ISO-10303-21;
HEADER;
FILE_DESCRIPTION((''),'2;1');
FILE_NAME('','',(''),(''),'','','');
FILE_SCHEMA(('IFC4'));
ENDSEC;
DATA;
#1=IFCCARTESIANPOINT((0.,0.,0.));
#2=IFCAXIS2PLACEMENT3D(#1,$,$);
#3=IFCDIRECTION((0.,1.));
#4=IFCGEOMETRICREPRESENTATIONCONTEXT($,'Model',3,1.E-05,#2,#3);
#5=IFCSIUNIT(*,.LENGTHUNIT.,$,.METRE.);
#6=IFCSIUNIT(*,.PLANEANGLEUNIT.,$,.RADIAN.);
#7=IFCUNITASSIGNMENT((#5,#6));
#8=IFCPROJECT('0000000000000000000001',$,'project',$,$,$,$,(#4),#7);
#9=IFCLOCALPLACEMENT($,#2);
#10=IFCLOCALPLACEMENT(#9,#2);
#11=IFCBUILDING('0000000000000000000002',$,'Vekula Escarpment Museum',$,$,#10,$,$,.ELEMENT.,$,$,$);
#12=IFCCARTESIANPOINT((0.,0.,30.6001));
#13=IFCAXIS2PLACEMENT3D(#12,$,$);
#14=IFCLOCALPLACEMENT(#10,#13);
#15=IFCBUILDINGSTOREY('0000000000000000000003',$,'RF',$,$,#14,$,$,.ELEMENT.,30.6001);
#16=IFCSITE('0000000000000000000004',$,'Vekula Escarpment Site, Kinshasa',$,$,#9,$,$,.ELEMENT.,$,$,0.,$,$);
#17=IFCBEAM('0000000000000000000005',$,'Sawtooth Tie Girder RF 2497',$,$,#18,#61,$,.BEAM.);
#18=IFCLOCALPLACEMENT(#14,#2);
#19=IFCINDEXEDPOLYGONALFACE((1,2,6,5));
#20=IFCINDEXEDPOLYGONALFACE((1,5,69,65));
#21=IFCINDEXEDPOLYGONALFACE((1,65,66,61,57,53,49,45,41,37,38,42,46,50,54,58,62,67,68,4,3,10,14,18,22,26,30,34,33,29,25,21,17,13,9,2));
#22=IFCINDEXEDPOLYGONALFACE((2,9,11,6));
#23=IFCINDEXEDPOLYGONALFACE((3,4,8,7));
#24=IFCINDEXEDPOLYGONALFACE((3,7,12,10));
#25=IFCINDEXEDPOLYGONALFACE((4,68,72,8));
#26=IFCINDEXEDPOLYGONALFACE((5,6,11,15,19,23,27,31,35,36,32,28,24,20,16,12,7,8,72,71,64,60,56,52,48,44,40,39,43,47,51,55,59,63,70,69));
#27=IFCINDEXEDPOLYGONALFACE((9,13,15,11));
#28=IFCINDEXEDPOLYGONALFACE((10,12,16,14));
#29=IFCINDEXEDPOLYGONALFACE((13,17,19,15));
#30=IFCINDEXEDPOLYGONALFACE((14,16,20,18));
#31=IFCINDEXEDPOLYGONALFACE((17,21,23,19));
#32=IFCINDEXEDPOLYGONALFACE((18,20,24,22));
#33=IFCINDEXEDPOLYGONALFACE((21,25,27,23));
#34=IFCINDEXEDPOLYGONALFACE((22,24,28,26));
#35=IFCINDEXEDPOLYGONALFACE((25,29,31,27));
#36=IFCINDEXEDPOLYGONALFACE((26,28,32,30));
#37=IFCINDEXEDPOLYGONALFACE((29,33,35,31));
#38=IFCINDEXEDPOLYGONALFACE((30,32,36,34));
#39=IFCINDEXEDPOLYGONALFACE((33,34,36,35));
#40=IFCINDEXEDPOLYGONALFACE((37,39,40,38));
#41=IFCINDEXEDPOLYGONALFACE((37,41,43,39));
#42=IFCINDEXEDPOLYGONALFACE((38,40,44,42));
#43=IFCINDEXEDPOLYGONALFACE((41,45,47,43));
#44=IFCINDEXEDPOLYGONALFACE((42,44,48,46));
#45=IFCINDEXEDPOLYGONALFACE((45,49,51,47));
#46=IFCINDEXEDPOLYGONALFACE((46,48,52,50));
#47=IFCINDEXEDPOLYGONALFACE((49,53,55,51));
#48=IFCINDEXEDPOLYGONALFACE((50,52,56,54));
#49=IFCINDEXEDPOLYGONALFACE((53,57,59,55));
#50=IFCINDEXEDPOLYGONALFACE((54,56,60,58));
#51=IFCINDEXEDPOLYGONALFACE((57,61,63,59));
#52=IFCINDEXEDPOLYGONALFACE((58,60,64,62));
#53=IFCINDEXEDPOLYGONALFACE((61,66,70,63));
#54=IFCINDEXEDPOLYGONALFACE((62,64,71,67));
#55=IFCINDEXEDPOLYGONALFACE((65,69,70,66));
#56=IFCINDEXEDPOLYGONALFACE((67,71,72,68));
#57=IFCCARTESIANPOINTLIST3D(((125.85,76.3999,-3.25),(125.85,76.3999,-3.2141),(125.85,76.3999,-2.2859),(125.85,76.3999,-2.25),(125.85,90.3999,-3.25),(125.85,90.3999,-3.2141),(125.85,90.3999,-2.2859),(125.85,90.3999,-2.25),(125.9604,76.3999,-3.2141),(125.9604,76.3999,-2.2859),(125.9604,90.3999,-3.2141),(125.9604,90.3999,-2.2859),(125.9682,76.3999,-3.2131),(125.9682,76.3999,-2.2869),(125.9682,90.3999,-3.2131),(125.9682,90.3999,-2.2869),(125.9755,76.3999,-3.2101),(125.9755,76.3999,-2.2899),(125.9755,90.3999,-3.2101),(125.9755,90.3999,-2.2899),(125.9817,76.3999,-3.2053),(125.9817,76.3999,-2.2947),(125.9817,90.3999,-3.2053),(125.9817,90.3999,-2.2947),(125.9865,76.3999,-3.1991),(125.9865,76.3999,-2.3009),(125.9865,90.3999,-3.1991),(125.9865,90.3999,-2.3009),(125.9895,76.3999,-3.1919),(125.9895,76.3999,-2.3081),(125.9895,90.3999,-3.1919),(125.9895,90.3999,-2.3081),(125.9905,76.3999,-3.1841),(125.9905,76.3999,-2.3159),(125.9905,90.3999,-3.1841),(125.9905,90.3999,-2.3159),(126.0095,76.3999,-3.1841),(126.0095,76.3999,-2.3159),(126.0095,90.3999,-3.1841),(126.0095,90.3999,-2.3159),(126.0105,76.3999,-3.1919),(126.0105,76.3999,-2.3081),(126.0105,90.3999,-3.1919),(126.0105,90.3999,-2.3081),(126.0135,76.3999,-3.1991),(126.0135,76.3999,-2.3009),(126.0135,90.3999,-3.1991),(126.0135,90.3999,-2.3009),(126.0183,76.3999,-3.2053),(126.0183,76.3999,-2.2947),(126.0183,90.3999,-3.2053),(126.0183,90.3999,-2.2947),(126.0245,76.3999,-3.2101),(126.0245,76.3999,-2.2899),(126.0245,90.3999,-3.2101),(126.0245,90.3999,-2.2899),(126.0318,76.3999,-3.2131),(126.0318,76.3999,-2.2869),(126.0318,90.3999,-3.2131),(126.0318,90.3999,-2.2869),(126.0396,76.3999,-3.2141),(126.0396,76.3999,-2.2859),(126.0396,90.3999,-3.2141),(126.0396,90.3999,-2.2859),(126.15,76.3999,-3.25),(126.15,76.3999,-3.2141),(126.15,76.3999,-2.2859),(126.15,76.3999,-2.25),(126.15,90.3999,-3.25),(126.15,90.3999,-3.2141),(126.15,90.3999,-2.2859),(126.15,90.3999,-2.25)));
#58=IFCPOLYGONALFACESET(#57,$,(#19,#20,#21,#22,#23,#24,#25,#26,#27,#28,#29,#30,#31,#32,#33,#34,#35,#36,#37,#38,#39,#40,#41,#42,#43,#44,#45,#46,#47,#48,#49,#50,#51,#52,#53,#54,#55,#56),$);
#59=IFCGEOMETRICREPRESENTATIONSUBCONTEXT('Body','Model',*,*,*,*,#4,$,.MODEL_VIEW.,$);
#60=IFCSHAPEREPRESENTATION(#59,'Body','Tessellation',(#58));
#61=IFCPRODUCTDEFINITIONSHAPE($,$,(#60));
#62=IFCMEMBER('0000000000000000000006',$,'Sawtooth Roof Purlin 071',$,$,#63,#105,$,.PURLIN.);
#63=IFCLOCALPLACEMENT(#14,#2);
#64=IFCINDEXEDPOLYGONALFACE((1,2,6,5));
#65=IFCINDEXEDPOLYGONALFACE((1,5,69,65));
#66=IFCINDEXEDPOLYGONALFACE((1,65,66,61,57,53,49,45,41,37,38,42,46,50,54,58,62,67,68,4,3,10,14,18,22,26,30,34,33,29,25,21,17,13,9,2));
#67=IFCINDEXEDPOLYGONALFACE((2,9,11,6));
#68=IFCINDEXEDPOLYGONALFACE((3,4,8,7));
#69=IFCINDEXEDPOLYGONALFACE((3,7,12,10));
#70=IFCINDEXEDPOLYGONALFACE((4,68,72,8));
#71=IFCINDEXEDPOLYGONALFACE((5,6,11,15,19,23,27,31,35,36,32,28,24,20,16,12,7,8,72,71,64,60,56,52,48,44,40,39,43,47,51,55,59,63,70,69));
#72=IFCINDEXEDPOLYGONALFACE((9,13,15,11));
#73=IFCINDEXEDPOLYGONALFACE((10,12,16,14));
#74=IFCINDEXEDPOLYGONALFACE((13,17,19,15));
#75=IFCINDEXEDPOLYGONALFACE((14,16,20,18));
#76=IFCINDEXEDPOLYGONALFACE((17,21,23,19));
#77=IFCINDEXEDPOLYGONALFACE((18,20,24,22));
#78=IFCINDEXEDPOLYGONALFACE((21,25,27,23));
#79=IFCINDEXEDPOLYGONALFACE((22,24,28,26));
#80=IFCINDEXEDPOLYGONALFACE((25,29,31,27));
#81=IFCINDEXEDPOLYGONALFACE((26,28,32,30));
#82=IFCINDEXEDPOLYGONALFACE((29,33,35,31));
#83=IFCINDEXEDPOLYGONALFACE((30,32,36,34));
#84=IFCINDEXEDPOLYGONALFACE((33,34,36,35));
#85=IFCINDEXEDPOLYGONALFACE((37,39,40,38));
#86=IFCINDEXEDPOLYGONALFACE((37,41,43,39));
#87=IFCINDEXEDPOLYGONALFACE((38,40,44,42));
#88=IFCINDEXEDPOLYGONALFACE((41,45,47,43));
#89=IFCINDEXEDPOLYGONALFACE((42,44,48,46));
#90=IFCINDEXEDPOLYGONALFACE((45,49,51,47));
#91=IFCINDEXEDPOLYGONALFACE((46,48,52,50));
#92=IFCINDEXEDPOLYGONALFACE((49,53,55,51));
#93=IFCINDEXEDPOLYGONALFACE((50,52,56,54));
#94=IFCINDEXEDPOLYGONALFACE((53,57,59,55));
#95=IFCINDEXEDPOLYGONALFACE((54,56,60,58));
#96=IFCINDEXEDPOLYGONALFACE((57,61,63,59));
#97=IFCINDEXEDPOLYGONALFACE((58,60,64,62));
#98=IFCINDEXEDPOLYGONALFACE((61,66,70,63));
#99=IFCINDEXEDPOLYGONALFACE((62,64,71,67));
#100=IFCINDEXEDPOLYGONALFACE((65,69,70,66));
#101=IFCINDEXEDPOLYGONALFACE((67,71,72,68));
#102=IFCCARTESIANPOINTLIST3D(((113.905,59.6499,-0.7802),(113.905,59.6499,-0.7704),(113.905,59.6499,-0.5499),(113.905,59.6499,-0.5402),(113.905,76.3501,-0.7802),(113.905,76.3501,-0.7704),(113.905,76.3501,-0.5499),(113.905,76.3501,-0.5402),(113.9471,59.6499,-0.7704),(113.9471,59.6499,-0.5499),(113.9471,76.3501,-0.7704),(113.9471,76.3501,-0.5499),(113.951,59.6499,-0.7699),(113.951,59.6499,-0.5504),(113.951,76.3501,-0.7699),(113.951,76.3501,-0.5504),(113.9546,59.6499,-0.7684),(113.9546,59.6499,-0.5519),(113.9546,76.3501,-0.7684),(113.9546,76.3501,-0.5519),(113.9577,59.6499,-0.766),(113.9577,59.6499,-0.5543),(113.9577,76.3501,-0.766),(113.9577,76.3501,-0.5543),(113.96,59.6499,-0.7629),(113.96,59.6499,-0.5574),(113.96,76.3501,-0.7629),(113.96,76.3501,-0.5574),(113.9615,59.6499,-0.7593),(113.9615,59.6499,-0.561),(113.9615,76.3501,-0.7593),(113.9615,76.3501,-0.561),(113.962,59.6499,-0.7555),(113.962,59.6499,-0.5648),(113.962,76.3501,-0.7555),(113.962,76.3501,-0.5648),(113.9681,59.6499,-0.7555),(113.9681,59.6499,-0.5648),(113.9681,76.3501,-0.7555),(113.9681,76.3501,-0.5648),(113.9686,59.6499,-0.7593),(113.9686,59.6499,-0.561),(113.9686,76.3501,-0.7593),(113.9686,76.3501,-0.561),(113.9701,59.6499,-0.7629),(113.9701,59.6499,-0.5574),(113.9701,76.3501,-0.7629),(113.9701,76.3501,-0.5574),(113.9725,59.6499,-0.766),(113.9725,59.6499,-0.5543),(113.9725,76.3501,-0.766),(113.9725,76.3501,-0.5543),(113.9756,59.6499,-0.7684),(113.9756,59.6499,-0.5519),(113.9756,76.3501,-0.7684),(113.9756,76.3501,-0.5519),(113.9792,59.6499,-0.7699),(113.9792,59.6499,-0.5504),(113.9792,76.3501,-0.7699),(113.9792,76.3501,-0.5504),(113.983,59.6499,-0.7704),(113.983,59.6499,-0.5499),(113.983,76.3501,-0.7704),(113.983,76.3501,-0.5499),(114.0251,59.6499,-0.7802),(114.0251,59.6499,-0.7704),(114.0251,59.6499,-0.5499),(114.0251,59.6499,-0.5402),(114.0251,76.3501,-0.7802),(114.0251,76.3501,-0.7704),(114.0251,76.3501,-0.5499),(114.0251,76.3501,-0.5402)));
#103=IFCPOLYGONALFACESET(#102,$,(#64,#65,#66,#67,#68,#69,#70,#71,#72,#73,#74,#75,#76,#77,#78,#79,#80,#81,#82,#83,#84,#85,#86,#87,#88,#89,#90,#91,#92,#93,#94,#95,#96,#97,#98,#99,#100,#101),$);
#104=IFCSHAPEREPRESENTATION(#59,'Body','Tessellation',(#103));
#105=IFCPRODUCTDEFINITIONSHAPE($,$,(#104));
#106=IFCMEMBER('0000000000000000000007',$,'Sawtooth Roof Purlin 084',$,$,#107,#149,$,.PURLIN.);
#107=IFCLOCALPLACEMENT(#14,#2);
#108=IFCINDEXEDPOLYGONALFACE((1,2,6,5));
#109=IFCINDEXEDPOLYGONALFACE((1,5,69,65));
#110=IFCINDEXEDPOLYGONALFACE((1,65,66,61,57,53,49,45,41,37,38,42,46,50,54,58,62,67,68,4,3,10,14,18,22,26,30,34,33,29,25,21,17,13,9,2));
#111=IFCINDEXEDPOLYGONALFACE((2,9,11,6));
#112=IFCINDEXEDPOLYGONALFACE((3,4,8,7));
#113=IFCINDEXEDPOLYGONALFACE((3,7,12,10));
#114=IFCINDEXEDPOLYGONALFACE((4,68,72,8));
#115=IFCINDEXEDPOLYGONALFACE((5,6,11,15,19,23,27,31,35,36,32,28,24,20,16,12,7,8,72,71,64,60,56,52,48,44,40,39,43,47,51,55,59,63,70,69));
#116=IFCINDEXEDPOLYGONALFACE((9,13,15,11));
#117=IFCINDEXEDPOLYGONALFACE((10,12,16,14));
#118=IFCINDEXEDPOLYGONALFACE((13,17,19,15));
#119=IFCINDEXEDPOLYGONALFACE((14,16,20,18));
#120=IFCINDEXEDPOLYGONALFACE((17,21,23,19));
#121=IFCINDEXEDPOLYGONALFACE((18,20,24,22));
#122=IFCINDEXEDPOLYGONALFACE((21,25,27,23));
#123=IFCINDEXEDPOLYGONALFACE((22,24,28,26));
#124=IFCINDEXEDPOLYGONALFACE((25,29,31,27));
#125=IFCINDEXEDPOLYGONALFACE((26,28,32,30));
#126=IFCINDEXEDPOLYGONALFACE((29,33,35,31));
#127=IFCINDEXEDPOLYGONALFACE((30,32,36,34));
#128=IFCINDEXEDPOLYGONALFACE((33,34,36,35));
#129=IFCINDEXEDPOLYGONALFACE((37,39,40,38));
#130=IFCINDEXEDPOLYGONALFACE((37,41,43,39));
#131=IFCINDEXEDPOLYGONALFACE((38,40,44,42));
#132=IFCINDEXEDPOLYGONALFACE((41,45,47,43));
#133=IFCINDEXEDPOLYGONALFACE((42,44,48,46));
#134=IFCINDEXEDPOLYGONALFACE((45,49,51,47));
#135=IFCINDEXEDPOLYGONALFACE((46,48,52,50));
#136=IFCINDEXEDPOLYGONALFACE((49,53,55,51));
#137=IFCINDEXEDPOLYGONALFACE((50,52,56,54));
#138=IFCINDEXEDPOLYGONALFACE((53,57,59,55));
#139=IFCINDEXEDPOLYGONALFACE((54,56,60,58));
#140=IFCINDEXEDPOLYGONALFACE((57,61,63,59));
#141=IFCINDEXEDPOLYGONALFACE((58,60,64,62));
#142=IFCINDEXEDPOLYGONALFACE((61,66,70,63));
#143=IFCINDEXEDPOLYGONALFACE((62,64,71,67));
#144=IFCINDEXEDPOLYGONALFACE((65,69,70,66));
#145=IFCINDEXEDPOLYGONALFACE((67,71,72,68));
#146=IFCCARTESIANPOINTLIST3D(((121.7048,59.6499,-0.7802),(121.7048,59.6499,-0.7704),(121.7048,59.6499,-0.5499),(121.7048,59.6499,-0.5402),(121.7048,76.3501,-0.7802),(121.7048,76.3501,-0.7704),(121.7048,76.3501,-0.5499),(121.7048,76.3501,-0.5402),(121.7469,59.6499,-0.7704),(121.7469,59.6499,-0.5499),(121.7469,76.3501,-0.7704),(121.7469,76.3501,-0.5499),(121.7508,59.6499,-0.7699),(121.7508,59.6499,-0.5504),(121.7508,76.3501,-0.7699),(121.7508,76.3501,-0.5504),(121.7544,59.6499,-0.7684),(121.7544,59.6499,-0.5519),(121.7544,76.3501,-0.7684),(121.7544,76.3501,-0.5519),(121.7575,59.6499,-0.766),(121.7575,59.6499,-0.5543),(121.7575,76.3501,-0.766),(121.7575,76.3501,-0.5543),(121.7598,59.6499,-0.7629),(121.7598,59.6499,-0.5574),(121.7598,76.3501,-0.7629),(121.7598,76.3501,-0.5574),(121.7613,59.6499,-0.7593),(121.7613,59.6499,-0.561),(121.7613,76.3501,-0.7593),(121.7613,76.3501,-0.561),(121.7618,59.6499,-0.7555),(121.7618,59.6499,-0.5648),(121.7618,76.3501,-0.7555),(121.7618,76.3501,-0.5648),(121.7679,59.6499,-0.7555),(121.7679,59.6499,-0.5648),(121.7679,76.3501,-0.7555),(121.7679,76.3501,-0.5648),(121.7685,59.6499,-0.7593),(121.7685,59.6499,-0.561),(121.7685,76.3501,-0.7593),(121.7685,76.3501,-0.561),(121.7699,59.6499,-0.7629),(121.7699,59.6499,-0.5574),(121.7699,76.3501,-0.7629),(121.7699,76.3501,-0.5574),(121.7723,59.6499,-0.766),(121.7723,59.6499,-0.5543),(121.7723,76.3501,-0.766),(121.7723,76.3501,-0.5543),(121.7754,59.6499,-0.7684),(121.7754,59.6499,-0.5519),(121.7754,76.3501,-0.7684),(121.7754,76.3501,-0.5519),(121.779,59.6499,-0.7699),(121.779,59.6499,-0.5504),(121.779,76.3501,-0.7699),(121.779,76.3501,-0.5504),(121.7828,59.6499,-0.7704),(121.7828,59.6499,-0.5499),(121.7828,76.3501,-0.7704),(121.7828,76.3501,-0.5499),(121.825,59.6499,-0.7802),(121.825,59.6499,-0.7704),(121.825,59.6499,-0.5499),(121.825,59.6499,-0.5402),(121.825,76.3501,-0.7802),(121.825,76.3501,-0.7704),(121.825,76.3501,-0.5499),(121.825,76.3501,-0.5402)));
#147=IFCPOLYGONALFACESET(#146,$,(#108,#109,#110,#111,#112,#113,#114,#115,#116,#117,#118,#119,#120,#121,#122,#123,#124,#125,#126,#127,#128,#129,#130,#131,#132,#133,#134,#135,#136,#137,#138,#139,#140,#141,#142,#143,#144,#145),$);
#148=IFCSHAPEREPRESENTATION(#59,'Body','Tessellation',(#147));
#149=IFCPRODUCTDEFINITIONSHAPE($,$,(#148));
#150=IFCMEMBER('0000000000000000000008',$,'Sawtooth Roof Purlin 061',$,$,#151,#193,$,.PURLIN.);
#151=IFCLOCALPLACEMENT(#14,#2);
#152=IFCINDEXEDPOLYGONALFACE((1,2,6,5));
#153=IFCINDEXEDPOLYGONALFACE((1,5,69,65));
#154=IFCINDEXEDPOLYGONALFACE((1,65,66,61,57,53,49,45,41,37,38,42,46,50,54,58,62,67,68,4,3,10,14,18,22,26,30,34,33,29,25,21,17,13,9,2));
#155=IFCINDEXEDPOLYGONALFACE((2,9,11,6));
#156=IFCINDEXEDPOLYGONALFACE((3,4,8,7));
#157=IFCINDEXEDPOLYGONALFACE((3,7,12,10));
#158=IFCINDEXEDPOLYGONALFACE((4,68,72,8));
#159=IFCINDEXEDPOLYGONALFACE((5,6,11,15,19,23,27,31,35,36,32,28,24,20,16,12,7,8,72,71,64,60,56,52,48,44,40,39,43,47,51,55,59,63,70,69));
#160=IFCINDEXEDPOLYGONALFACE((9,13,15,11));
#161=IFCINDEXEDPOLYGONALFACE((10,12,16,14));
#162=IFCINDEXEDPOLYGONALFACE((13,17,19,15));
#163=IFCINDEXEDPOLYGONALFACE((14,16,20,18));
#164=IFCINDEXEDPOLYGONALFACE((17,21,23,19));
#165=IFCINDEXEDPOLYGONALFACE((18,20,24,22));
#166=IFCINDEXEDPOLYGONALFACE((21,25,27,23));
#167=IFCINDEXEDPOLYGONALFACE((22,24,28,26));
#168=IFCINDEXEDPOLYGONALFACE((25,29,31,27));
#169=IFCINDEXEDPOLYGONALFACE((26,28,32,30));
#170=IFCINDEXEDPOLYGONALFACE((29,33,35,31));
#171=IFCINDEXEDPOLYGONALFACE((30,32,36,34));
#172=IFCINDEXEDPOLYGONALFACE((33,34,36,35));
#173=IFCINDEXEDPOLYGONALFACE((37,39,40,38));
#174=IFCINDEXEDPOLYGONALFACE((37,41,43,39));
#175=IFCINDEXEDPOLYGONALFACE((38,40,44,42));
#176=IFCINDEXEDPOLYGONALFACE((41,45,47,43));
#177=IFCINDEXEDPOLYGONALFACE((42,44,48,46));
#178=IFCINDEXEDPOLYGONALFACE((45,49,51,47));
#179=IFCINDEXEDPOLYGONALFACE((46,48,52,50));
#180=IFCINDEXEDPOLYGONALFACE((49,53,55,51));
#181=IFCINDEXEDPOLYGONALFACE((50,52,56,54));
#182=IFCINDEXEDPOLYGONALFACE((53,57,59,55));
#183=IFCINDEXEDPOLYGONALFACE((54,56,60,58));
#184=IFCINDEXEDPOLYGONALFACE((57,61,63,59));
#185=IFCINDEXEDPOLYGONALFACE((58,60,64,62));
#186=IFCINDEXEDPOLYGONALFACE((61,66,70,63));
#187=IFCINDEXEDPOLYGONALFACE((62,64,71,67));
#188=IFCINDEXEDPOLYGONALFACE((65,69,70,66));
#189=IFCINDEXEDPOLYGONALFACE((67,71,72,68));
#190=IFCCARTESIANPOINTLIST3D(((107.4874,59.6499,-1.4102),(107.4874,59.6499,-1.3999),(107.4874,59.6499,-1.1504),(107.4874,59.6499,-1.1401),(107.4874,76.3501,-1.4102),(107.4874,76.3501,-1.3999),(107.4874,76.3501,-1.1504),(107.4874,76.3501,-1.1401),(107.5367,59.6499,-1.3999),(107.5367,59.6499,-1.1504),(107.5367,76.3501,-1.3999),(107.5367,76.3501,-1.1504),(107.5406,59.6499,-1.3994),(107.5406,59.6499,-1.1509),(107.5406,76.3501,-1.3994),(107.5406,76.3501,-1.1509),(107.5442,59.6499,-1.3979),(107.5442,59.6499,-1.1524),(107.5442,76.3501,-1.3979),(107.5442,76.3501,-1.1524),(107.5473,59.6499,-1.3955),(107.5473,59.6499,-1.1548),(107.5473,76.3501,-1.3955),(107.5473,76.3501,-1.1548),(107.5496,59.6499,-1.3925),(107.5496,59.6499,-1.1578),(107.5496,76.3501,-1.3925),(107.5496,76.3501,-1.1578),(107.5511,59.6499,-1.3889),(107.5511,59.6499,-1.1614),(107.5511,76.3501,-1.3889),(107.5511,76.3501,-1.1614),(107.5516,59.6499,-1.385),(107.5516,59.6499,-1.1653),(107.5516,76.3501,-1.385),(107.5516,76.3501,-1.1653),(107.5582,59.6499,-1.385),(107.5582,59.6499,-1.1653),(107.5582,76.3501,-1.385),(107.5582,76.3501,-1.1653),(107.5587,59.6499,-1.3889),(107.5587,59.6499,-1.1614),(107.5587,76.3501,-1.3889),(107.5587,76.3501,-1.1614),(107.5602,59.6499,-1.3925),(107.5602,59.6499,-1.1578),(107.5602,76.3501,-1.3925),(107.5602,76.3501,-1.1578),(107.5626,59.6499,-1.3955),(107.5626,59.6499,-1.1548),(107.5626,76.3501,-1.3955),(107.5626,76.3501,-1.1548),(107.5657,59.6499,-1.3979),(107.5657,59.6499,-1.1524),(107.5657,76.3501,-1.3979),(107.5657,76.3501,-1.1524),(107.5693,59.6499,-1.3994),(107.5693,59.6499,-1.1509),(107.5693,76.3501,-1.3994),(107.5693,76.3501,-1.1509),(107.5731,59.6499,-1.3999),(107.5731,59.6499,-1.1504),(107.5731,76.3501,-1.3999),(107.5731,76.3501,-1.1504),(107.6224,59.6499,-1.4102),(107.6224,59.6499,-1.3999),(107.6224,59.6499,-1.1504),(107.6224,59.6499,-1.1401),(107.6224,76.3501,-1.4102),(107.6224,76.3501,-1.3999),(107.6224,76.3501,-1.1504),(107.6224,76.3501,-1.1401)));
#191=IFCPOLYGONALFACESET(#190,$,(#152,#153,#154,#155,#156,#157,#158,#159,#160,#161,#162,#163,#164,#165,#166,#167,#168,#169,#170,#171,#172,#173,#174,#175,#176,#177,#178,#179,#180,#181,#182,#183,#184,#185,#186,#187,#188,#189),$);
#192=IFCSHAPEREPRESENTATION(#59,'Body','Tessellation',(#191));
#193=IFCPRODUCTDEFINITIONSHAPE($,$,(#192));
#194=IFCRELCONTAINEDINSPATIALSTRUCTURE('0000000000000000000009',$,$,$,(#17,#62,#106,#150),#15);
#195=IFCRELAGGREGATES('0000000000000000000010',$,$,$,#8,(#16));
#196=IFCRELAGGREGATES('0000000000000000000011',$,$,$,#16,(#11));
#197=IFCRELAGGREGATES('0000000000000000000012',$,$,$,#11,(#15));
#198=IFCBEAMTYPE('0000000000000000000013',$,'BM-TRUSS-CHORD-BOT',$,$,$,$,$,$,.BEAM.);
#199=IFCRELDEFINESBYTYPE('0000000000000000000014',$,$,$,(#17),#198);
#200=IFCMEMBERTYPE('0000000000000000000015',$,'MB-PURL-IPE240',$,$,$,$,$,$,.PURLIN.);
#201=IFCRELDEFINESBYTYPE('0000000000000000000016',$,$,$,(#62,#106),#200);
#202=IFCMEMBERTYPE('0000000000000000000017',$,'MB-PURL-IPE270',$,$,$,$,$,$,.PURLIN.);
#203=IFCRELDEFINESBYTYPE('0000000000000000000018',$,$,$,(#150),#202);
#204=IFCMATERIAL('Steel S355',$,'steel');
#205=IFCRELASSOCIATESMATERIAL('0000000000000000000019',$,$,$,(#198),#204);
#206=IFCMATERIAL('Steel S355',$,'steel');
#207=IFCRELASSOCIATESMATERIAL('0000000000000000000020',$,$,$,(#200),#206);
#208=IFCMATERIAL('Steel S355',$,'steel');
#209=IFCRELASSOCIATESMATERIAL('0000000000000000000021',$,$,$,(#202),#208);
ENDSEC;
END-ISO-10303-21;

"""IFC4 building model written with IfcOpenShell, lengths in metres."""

from ifc_helpers import new_model, si_unit, direction, frame, origin, origin_2d, place, context, subcontext, project, spatial, i_section, extrude, material, material_profile, profile_set, type_object, element, save


model = new_model("IFC4")

# Units and contexts
model_context = context("Model", 3, precision=1e-05, world=origin(), true_north=direction((0.0, 1.0)))
body_context = subcontext(model_context, "Body", "Model", "MODEL_VIEW")
ifc_project = project(units=[si_unit("LENGTHUNIT", "METRE"), si_unit("PLANEANGLEUNIT", "RADIAN")], contexts=[model_context])

# Site, building, storey
site_placement = place(None, origin())
site = spatial("IfcSite", under=ifc_project, at=site_placement, Name="Vekula Escarpment Site, Kinshasa", CompositionType="ELEMENT", RefElevation=0.0)
building_placement = place(site_placement, origin())
building = spatial("IfcBuilding", under=site, at=building_placement, Name="Vekula Escarpment Museum", CompositionType="ELEMENT")
storey_placement = place(building_placement, frame((0.0, 0.0, 30.6001)))
storey = spatial("IfcBuildingStorey", under=building, at=storey_placement, Name="RF", CompositionType="ELEMENT", Elevation=30.6001)

# Beam
ifc_material_1 = material(Name="Steel S355", Category="steel")
ifc_material_profile_1 = material_profile(ifc_material_1, i_section(OverallWidth=0.3, OverallDepth=1.0, WebThickness=0.019, FlangeThickness=0.0359, FilletRadius=0.03, at=origin_2d()), Name="HEB 1000")
ifc_profile_set_1 = profile_set([ifc_material_profile_1], Name="Steel S355")
beam_type = type_object("IfcBeamType", Name="BM-TRUSS-CHORD-BOT", PredefinedType="BEAM", material=ifc_profile_set_1)
for number, where, z_axis, x_axis, name in (
    (1, (126.0, 76.3999, -2.75), (0.0, 1.0, 0.0), (-1.0, 0.0, 0.0), "Sawtooth Tie Girder RF 2497"),
):
    element("IfcBeam", number, at=place(storey_placement, frame(where, z_axis=z_axis, x_axis=x_axis)), inside=storey, type_object=beam_type, Name=name, PredefinedType="BEAM", context=body_context, shape_type="SweptSolid", body=[
        extrude(i_section(OverallWidth=0.3, OverallDepth=1.0, WebThickness=0.019, FlangeThickness=0.0359, FilletRadius=0.03, at=origin_2d()), origin(), (0.0, 0.0, 1.0), 14.0),
    ])

# Members
ifc_material_2 = material(Name="Steel S355", Category="steel")
ifc_material_profile_2 = material_profile(ifc_material_2, i_section(OverallWidth=0.1201, OverallDepth=0.24, WebThickness=0.0061, FlangeThickness=0.0098, FilletRadius=0.0149, at=origin_2d()), Name="IPE 240")
ifc_profile_set_2 = profile_set([ifc_material_profile_2], Name="Steel S355")
member_type_1 = type_object("IfcMemberType", Name="MB-PURL-IPE240", PredefinedType="PURLIN", material=ifc_profile_set_2)
for number, where, z_axis, x_axis, name in (
    (2, (113.9651, 59.6499, -0.6602), (0.0, 1.0, 0.0), (-1.0, 0.0, 0.0), "Sawtooth Roof Purlin 071"),
    (3, (121.7649, 59.6499, -0.6602), (0.0, 1.0, 0.0), (-1.0, 0.0, 0.0), "Sawtooth Roof Purlin 084"),
):
    element("IfcMember", number, at=place(storey_placement, frame(where, z_axis=z_axis, x_axis=x_axis)), inside=storey, type_object=member_type_1, Name=name, PredefinedType="PURLIN", context=body_context, shape_type="SweptSolid", body=[
        extrude(i_section(OverallWidth=0.1201, OverallDepth=0.24, WebThickness=0.0061, FlangeThickness=0.0098, FilletRadius=0.0149, at=origin_2d()), origin(), (0.0, 0.0, 1.0), 16.7002),
    ])
ifc_material_3 = material(Name="Steel S355", Category="steel")
ifc_material_profile_3 = material_profile(ifc_material_3, i_section(OverallWidth=0.135, OverallDepth=0.27, WebThickness=0.0066, FlangeThickness=0.0103, FilletRadius=0.0149, at=origin_2d()), Name="IPE 270")
ifc_profile_set_3 = profile_set([ifc_material_profile_3], Name="Steel S355")
member_type_2 = type_object("IfcMemberType", Name="MB-PURL-IPE270", PredefinedType="PURLIN", material=ifc_profile_set_3)
for number, where, z_axis, x_axis, name in (
    (4, (107.5549, 59.6499, -1.2751), (0.0, 1.0, 0.0), (-1.0, 0.0, 0.0), "Sawtooth Roof Purlin 061"),
):
    element("IfcMember", number, at=place(storey_placement, frame(where, z_axis=z_axis, x_axis=x_axis)), inside=storey, type_object=member_type_2, Name=name, PredefinedType="PURLIN", context=body_context, shape_type="SweptSolid", body=[
        extrude(i_section(OverallWidth=0.135, OverallDepth=0.27, WebThickness=0.0066, FlangeThickness=0.0103, FilletRadius=0.0149, at=origin_2d()), origin(), (0.0, 0.0, 1.0), 16.7002),
    ])

save(model, "model.ifc")
